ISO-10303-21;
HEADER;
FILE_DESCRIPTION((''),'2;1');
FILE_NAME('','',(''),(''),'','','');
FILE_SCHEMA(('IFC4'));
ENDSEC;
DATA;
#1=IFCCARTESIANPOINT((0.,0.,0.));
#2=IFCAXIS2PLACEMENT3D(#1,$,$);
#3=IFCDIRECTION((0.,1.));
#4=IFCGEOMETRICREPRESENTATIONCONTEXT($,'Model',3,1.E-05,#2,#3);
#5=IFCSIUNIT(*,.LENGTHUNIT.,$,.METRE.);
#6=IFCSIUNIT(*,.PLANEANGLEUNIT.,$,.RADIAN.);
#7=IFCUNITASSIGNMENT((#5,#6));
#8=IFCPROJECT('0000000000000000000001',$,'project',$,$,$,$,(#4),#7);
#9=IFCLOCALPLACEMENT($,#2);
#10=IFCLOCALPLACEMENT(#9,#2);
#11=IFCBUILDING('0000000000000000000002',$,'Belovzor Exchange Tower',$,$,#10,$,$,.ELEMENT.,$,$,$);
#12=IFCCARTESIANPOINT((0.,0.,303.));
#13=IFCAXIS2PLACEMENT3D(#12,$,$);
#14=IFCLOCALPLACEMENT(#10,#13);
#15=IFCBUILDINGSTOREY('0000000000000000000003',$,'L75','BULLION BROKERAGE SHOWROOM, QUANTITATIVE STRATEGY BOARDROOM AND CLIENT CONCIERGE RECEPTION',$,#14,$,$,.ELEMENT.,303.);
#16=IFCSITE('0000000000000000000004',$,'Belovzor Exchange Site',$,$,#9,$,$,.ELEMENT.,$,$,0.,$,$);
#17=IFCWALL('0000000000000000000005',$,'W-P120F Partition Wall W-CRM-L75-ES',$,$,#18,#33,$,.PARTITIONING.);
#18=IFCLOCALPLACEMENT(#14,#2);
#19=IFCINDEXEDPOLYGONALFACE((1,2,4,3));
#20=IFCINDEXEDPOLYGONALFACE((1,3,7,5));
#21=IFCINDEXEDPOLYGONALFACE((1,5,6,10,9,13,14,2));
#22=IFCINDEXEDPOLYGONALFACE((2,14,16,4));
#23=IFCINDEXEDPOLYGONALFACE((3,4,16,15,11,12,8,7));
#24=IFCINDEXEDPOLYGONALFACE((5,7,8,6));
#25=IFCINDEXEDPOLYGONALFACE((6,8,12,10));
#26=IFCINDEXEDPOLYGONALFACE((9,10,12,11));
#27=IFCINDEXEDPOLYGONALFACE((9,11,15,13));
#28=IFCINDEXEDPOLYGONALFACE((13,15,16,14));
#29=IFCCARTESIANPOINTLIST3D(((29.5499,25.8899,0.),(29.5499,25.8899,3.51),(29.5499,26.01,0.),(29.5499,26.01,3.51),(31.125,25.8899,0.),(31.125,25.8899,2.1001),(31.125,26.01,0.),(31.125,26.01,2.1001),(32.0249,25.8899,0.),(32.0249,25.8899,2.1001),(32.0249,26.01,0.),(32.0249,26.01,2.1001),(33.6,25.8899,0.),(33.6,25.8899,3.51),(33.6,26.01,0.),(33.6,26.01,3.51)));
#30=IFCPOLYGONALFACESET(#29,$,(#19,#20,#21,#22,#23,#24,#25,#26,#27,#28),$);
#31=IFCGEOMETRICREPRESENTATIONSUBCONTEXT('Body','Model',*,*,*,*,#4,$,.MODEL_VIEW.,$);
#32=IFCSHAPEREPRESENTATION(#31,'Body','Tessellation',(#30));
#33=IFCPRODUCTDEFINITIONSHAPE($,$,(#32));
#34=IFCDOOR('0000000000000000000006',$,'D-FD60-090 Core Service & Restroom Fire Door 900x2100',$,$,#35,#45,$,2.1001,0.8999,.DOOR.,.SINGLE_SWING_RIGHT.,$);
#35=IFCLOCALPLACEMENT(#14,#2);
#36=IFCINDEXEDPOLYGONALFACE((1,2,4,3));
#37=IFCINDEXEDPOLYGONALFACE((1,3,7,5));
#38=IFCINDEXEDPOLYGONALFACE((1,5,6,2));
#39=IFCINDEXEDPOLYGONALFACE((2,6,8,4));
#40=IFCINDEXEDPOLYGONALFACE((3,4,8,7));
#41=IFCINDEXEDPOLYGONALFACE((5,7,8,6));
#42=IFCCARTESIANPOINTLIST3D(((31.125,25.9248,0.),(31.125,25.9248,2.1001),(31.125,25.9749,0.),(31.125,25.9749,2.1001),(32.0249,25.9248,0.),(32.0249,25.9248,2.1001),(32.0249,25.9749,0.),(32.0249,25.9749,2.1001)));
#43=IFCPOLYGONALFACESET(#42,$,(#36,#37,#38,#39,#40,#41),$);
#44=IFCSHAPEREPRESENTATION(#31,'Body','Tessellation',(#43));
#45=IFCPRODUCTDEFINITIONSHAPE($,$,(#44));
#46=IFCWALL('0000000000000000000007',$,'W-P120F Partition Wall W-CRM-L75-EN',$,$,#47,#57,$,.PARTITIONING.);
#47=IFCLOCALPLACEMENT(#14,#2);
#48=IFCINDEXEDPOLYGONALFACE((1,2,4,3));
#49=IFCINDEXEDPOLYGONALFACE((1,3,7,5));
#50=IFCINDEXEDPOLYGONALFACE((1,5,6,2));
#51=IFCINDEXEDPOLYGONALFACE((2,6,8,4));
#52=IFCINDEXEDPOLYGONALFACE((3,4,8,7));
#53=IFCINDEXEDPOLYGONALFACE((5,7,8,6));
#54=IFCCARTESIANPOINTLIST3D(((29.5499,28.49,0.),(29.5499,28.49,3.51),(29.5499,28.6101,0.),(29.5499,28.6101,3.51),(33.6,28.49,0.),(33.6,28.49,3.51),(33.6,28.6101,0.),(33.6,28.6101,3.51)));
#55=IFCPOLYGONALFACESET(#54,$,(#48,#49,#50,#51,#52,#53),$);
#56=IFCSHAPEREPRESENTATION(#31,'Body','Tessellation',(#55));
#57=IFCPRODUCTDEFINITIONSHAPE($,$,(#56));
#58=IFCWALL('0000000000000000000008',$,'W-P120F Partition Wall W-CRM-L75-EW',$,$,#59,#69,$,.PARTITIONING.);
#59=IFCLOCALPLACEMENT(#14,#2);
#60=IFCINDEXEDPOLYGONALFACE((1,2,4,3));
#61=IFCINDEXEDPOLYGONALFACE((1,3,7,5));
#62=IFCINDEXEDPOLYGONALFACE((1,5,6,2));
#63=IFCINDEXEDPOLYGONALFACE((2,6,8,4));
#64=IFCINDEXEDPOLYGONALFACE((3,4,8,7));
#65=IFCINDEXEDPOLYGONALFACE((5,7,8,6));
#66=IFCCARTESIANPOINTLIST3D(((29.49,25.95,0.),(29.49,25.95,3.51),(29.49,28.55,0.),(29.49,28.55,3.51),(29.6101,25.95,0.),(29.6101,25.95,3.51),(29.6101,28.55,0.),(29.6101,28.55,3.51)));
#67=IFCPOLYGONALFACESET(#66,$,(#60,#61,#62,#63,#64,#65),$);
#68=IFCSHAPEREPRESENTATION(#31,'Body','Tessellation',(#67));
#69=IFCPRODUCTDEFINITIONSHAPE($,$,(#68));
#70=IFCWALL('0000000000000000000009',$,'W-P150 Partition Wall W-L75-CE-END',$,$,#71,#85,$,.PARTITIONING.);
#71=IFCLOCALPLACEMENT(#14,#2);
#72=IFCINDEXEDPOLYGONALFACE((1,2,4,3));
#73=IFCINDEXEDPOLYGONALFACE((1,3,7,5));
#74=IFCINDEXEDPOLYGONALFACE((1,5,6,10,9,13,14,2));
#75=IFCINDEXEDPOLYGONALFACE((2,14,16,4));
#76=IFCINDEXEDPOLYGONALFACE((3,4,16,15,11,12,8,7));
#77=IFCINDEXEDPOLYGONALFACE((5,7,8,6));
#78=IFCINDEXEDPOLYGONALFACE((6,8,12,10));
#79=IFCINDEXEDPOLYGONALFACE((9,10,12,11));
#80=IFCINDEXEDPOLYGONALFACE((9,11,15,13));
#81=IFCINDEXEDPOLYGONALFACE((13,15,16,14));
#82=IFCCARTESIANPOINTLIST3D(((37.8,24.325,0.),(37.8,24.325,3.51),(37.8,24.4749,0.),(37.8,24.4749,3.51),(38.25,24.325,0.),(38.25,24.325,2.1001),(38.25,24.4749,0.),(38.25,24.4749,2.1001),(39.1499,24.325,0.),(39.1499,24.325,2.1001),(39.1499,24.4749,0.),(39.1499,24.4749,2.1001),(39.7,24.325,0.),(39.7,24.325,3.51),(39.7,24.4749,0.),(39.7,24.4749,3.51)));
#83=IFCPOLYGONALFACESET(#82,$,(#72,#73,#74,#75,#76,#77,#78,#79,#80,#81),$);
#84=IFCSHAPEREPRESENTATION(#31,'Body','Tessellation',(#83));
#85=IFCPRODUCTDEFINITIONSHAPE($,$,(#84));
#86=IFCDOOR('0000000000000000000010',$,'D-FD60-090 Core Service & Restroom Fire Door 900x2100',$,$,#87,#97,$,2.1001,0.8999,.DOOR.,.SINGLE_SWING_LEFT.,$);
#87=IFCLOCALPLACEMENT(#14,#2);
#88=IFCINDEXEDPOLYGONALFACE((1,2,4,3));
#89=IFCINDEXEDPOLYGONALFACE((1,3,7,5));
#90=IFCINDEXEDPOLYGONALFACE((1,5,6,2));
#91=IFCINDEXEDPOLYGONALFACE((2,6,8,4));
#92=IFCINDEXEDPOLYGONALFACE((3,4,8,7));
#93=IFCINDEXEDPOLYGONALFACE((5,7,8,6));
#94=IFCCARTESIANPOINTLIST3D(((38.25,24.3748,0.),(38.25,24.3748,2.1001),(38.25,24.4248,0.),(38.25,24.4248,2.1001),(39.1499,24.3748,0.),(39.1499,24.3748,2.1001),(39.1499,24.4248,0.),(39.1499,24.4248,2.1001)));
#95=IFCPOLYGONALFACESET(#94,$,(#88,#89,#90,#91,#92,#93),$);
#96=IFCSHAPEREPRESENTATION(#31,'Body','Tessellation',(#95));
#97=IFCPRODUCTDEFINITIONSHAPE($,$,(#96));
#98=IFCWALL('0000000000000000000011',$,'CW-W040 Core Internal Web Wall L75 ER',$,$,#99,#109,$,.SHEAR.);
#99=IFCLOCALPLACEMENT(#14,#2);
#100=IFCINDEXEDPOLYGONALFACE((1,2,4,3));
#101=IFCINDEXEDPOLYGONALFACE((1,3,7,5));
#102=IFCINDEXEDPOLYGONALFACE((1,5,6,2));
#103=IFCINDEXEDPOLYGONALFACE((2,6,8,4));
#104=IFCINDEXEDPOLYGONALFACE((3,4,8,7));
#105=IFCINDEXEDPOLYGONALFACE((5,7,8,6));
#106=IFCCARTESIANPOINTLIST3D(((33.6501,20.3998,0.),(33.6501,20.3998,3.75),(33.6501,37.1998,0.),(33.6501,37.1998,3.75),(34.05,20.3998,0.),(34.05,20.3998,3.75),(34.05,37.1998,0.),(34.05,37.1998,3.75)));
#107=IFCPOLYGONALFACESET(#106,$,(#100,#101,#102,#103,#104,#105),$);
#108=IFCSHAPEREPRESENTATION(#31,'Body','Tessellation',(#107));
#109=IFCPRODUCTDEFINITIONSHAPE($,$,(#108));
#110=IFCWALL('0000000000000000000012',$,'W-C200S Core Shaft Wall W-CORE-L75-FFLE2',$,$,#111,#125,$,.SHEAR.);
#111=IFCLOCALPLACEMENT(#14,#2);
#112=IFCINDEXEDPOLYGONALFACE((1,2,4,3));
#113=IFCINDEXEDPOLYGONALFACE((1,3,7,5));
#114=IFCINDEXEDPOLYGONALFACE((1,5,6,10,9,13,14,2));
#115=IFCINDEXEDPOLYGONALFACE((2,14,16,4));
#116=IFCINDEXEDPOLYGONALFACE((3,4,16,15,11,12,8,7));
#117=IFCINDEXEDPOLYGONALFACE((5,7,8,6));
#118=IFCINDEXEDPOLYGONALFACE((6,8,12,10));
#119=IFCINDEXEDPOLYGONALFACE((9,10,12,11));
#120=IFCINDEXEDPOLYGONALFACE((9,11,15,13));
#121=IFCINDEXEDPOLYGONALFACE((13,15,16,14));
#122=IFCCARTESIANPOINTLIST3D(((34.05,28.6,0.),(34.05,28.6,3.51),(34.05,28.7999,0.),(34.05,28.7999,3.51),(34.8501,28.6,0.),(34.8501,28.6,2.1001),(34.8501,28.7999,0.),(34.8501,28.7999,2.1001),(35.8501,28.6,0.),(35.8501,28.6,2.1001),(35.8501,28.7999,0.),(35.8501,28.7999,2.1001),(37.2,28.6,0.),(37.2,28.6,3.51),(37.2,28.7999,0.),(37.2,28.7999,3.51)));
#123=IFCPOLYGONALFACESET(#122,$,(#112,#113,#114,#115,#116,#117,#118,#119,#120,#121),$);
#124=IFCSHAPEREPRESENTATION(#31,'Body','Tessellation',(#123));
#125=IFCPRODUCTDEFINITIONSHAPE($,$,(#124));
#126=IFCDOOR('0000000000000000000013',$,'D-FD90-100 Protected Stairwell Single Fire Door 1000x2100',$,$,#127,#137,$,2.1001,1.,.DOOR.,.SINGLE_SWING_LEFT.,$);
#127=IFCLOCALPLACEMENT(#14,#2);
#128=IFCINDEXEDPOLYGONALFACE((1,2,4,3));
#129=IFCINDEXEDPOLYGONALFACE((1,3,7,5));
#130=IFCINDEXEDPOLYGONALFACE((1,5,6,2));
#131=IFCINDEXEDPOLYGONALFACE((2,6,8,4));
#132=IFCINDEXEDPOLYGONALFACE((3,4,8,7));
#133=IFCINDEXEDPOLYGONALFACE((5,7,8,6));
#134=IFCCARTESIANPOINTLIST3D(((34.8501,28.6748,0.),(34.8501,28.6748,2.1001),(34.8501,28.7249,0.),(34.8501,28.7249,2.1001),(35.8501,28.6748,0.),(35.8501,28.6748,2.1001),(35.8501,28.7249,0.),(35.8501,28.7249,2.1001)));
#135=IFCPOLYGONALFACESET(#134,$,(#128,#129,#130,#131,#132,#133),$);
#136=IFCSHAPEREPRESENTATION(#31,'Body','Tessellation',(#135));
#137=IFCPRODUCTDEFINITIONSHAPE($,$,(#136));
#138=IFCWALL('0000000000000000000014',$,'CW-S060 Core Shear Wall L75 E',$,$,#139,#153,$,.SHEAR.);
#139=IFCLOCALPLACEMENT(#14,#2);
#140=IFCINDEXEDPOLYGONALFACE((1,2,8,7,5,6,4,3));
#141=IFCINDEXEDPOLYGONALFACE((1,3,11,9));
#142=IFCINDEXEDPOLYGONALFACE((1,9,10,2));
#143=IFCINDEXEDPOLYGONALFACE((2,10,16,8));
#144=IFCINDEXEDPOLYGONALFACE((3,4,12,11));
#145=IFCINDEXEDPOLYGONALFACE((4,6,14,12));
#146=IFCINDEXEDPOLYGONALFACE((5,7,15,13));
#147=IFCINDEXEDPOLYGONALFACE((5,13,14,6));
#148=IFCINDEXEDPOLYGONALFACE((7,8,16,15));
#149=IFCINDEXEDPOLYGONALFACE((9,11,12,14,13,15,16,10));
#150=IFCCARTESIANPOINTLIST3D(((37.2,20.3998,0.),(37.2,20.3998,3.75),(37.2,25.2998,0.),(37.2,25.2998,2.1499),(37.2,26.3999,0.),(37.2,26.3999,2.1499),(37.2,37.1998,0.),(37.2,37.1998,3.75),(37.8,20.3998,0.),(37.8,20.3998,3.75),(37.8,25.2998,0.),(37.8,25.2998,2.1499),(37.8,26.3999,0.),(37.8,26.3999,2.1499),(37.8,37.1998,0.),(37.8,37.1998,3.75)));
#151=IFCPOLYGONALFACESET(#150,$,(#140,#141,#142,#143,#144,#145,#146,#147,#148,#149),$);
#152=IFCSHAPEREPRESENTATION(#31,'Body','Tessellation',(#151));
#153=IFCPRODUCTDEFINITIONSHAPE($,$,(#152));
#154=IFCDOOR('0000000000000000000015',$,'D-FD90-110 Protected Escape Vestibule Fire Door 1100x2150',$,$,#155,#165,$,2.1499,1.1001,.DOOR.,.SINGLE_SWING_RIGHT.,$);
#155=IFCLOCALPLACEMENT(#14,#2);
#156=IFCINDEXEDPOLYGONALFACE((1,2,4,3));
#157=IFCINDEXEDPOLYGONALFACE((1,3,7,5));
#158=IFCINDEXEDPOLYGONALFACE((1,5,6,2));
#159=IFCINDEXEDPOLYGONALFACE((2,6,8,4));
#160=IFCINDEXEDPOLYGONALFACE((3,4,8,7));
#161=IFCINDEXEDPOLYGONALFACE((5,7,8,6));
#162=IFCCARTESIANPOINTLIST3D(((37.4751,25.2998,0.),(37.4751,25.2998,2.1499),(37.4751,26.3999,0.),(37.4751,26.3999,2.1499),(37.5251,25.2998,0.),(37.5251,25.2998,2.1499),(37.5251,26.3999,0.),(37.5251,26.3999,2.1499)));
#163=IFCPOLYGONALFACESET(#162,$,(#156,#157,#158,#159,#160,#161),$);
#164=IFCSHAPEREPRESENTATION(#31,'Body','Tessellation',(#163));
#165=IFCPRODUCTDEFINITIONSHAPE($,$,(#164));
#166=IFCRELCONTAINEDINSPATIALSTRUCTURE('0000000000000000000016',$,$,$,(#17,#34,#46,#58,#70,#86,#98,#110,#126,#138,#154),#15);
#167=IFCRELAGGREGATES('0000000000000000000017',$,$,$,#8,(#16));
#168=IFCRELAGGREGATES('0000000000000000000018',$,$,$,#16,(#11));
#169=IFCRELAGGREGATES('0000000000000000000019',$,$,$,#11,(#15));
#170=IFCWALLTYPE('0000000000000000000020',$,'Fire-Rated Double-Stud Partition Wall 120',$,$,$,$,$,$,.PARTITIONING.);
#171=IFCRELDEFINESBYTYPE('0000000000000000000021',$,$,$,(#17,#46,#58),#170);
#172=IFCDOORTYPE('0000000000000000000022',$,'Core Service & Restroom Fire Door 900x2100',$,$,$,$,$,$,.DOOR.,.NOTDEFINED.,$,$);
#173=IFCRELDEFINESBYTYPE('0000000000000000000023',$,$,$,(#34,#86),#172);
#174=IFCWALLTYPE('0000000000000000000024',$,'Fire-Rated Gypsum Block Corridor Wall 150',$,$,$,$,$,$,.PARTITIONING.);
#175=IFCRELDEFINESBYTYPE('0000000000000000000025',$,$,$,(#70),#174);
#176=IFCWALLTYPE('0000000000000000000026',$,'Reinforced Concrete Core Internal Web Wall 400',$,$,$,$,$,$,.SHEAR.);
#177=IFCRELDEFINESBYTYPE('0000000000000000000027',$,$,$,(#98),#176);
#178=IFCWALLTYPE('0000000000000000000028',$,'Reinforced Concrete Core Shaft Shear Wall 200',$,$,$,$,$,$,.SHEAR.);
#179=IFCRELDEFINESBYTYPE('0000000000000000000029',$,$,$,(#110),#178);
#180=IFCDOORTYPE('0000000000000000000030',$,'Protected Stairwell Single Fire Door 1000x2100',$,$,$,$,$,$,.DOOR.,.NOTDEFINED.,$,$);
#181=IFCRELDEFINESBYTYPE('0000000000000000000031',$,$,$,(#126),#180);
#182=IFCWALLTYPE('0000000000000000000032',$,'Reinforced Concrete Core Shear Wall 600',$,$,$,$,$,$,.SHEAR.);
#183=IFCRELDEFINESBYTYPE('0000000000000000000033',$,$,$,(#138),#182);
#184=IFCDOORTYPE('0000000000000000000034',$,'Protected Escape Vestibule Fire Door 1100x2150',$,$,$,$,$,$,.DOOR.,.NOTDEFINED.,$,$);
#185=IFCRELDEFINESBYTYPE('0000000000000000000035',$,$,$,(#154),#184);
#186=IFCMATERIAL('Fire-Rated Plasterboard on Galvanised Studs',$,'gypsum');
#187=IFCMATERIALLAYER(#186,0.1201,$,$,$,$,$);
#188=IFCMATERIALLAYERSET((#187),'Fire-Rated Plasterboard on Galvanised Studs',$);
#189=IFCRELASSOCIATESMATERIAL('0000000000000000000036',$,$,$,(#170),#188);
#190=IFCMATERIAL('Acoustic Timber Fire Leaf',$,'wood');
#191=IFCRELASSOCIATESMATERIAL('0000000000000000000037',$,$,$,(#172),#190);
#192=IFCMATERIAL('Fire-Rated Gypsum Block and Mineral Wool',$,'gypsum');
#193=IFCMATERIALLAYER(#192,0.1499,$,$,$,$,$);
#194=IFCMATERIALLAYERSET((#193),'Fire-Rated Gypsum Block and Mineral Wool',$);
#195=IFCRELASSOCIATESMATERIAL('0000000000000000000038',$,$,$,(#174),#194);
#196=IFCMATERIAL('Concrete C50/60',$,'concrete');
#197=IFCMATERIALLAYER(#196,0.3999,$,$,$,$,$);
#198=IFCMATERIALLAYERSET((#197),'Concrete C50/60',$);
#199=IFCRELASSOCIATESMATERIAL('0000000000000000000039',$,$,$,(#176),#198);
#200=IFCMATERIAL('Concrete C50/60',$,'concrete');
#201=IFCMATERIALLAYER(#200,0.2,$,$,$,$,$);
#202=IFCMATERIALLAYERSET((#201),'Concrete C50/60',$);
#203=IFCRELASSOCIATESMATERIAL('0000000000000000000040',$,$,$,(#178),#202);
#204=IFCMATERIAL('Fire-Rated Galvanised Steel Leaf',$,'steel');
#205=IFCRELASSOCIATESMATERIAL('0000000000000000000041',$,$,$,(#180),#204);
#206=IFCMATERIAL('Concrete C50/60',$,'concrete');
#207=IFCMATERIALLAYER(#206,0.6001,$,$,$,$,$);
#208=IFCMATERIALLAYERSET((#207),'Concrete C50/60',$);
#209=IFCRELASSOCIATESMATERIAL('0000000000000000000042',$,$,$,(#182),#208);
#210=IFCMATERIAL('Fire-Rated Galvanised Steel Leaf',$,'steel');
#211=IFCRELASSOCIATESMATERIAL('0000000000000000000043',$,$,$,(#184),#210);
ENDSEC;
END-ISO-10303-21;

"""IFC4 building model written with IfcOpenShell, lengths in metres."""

from ifc_helpers import new_model, si_unit, direction, frame, frame_2d, origin, place, context, subcontext, project, spatial, rectangle, extrude, material, layer, layer_set, type_object, element, fill, save


model = new_model("IFC4")

# Units and contexts
model_context = context("Model", 3, precision=1e-05, world=origin(), true_north=direction((0.0, 1.0)))
body_context = subcontext(model_context, "Body", "Model", "MODEL_VIEW")
ifc_project = project(units=[si_unit("LENGTHUNIT", "METRE"), si_unit("PLANEANGLEUNIT", "RADIAN")], contexts=[model_context])

# Site, building, storey
site_placement = place(None, origin())
site = spatial("IfcSite", under=ifc_project, at=site_placement, Name="Belovzor Exchange Site", CompositionType="ELEMENT", RefElevation=0.0)
building_placement = place(site_placement, origin())
building = spatial("IfcBuilding", under=site, at=building_placement, Name="Belovzor Exchange Tower", CompositionType="ELEMENT")
storey_placement = place(building_placement, frame((0.0, 0.0, 303.0)))
storey = spatial("IfcBuildingStorey", under=building, at=storey_placement, Name="L75", Description="BULLION BROKERAGE SHOWROOM, QUANTITATIVE STRATEGY BOARDROOM AND CLIENT CONCIERGE RECEPTION", CompositionType="ELEMENT", Elevation=303.0)

# Shared definitions
ifc_material_1 = material(Name="Fire-Rated Plasterboard on Galvanised Studs", Category="gypsum")
ifc_layer_1 = layer(ifc_material_1, 0.1201)
ifc_layer_set_1 = layer_set([ifc_layer_1], Name="Fire-Rated Plasterboard on Galvanised Studs")
wall_type_1 = type_object("IfcWallType", Name="Fire-Rated Double-Stud Partition Wall 120", PredefinedType="PARTITIONING", material=ifc_layer_set_1)
ifc_material_2 = material(Name="Acoustic Timber Fire Leaf", Category="wood")
door_type_1 = type_object("IfcDoorType", Name="Core Service & Restroom Fire Door 900x2100", OperationType="NOTDEFINED", PredefinedType="DOOR", material=ifc_material_2)

# Wall, opening, door
wall_1_placement = place(storey_placement, frame((29.55, 25.95, 0.0), z_axis=(0.0, 0.0, 1.0), x_axis=(1.0, 0.0, 0.0)))
wall_1 = element("IfcWall", 1, at=wall_1_placement, inside=storey, type_object=wall_type_1, Name="W-P120F Partition Wall W-CRM-L75-ES", PredefinedType="PARTITIONING", context=body_context, shape_type="SweptSolid", body=[
    extrude(rectangle(XDim=4.05, YDim=0.1201, at=frame_2d((2.0249, 0.0))), origin(), (0.0, 0.0, 1.0), 3.51),
])
opening_1_placement = place(wall_1_placement, frame((1.575, 0.0, 0.0)))
opening_1 = element("IfcOpeningElement", 2, at=opening_1_placement, cuts=wall_1, PredefinedType="OPENING", context=body_context, shape_type="SweptSolid", body=[
    extrude(rectangle(XDim=0.8999, YDim=2.1001, at=frame_2d((0.45, 1.05))), frame((0.0, 0.0701, 0.0), z_axis=(0.0, -1.0, 0.0), x_axis=(1.0, 0.0, 0.0)), (0.0, 0.0, 1.0), 0.1401),
])
door_1_placement = place(opening_1_placement, origin())
door_1 = element("IfcDoor", 3, at=door_1_placement, inside=storey, type_object=door_type_1, Name="D-FD60-090 Core Service & Restroom Fire Door 900x2100", OperationType="SINGLE_SWING_RIGHT", OverallHeight=2.1001, OverallWidth=0.8999, PredefinedType="DOOR", context=body_context, shape_type="SweptSolid", body=[
    extrude(rectangle(XDim=0.8999, YDim=2.1001, at=frame_2d((0.45, 1.05))), frame((0.0, 0.0249, 0.0), z_axis=(0.0, -1.0, 0.0), x_axis=(1.0, 0.0, 0.0)), (0.0, 0.0, 1.0), 0.05),
])
fill(opening_1, door_1)

# Walls
wall_2_placement = place(storey_placement, frame((29.55, 28.55, 0.0), z_axis=(0.0, 0.0, 1.0), x_axis=(1.0, 0.0, 0.0)))
element("IfcWall", 4, at=wall_2_placement, inside=storey, type_object=wall_type_1, Name="W-P120F Partition Wall W-CRM-L75-EN", PredefinedType="PARTITIONING", context=body_context, shape_type="SweptSolid", body=[
    extrude(rectangle(XDim=4.05, YDim=0.1201, at=frame_2d((2.0249, 0.0))), origin(), (0.0, 0.0, 1.0), 3.51),
])
wall_3_placement = place(storey_placement, frame((29.55, 25.95, 0.0), z_axis=(0.0, 0.0, 1.0), x_axis=(0.0, 1.0, 0.0)))
element("IfcWall", 5, at=wall_3_placement, inside=storey, type_object=wall_type_1, Name="W-P120F Partition Wall W-CRM-L75-EW", PredefinedType="PARTITIONING", context=body_context, shape_type="SweptSolid", body=[
    extrude(rectangle(XDim=2.6001, YDim=0.1201, at=frame_2d((1.3, 0.0))), origin(), (0.0, 0.0, 1.0), 3.51),
])

# Wall, opening, door
ifc_material_3 = material(Name="Fire-Rated Gypsum Block and Mineral Wool", Category="gypsum")
ifc_layer_2 = layer(ifc_material_3, 0.1499)
ifc_layer_set_2 = layer_set([ifc_layer_2], Name="Fire-Rated Gypsum Block and Mineral Wool")
wall_type_2 = type_object("IfcWallType", Name="Fire-Rated Gypsum Block Corridor Wall 150", PredefinedType="PARTITIONING", material=ifc_layer_set_2)
wall_4_placement = place(storey_placement, frame((37.8, 24.3999, 0.0), z_axis=(0.0, 0.0, 1.0), x_axis=(1.0, 0.0, 0.0)))
wall_4 = element("IfcWall", 6, at=wall_4_placement, inside=storey, type_object=wall_type_2, Name="W-P150 Partition Wall W-L75-CE-END", PredefinedType="PARTITIONING", context=body_context, shape_type="SweptSolid", body=[
    extrude(rectangle(XDim=1.8999, YDim=0.1499, at=frame_2d((0.95, 0.0))), origin(), (0.0, 0.0, 1.0), 3.51),
])
opening_2_placement = place(wall_4_placement, frame((0.45, 0.0, 0.0)))
opening_2 = element("IfcOpeningElement", 7, at=opening_2_placement, cuts=wall_4, PredefinedType="OPENING", context=body_context, shape_type="SweptSolid", body=[
    extrude(rectangle(XDim=0.8999, YDim=2.1001, at=frame_2d((0.45, 1.05))), frame((0.0, 0.085, 0.0), z_axis=(0.0, -1.0, 0.0), x_axis=(1.0, 0.0, 0.0)), (0.0, 0.0, 1.0), 0.1699),
])
door_2_placement = place(opening_2_placement, origin())
door_2 = element("IfcDoor", 8, at=door_2_placement, inside=storey, type_object=door_type_1, Name="D-FD60-090 Core Service & Restroom Fire Door 900x2100", OperationType="SINGLE_SWING_LEFT", OverallHeight=2.1001, OverallWidth=0.8999, PredefinedType="DOOR", context=body_context, shape_type="SweptSolid", body=[
    extrude(rectangle(XDim=0.8999, YDim=2.1001, at=frame_2d((0.45, 1.05))), frame((0.0, 0.0249, 0.0), z_axis=(0.0, -1.0, 0.0), x_axis=(1.0, 0.0, 0.0)), (0.0, 0.0, 1.0), 0.05),
])
fill(opening_2, door_2)

# Wall
ifc_material_4 = material(Name="Concrete C50/60", Category="concrete")
ifc_layer_3 = layer(ifc_material_4, 0.3999)
ifc_layer_set_3 = layer_set([ifc_layer_3], Name="Concrete C50/60")
wall_type_3 = type_object("IfcWallType", Name="Reinforced Concrete Core Internal Web Wall 400", PredefinedType="SHEAR", material=ifc_layer_set_3)
wall_5_placement = place(storey_placement, frame((33.8501, 20.3999, 0.0), z_axis=(0.0, 0.0, 1.0), x_axis=(0.0, 1.0, 0.0)))
element("IfcWall", 9, at=wall_5_placement, inside=storey, type_object=wall_type_3, Name="CW-W040 Core Internal Web Wall L75 ER", PredefinedType="SHEAR", context=body_context, shape_type="SweptSolid", body=[
    extrude(rectangle(XDim=16.8, YDim=0.3999, at=frame_2d((8.3999, 0.0))), origin(), (0.0, 0.0, 1.0), 3.75),
])

# Walls, openings, doors
ifc_material_5 = material(Name="Concrete C50/60", Category="concrete")
ifc_layer_4 = layer(ifc_material_5, 0.2)
ifc_layer_set_4 = layer_set([ifc_layer_4], Name="Concrete C50/60")
wall_type_4 = type_object("IfcWallType", Name="Reinforced Concrete Core Shaft Shear Wall 200", PredefinedType="SHEAR", material=ifc_layer_set_4)
wall_6_placement = place(storey_placement, frame((34.05, 28.7, 0.0), z_axis=(0.0, 0.0, 1.0), x_axis=(1.0, 0.0, 0.0)))
wall_6 = element("IfcWall", 10, at=wall_6_placement, inside=storey, type_object=wall_type_4, Name="W-C200S Core Shaft Wall W-CORE-L75-FFLE2", PredefinedType="SHEAR", context=body_context, shape_type="SweptSolid", body=[
    extrude(rectangle(XDim=3.1499, YDim=0.2, at=frame_2d((1.575, 0.0))), origin(), (0.0, 0.0, 1.0), 3.51),
])
opening_3_placement = place(wall_6_placement, frame((0.8, 0.0, 0.0)))
opening_3 = element("IfcOpeningElement", 11, at=opening_3_placement, cuts=wall_6, PredefinedType="OPENING", context=body_context, shape_type="SweptSolid", body=[
    extrude(rectangle(XDim=1.0, YDim=2.1001, at=frame_2d((0.5, 1.05))), frame((0.0, 0.1099, 0.0), z_axis=(0.0, -1.0, 0.0), x_axis=(1.0, 0.0, 0.0)), (0.0, 0.0, 1.0), 0.22),
])
ifc_material_6 = material(Name="Fire-Rated Galvanised Steel Leaf", Category="steel")
door_type_2 = type_object("IfcDoorType", Name="Protected Stairwell Single Fire Door 1000x2100", OperationType="NOTDEFINED", PredefinedType="DOOR", material=ifc_material_6)
door_3_placement = place(opening_3_placement, origin())
door_3 = element("IfcDoor", 12, at=door_3_placement, inside=storey, type_object=door_type_2, Name="D-FD90-100 Protected Stairwell Single Fire Door 1000x2100", OperationType="SINGLE_SWING_LEFT", OverallHeight=2.1001, OverallWidth=1.0, PredefinedType="DOOR", context=body_context, shape_type="SweptSolid", body=[
    extrude(rectangle(XDim=1.0, YDim=2.1001, at=frame_2d((0.5, 1.05))), frame((0.0, 0.0249, 0.0), z_axis=(0.0, -1.0, 0.0), x_axis=(1.0, 0.0, 0.0)), (0.0, 0.0, 1.0), 0.05),
])
fill(opening_3, door_3)
ifc_material_7 = material(Name="Concrete C50/60", Category="concrete")
ifc_layer_5 = layer(ifc_material_7, 0.6001)
ifc_layer_set_5 = layer_set([ifc_layer_5], Name="Concrete C50/60")
wall_type_5 = type_object("IfcWallType", Name="Reinforced Concrete Core Shear Wall 600", PredefinedType="SHEAR", material=ifc_layer_set_5)
wall_7_placement = place(storey_placement, frame((37.5, 20.3999, 0.0), z_axis=(0.0, 0.0, 1.0), x_axis=(0.0, 1.0, 0.0)))
wall_7 = element("IfcWall", 13, at=wall_7_placement, inside=storey, type_object=wall_type_5, Name="CW-S060 Core Shear Wall L75 E", PredefinedType="SHEAR", context=body_context, shape_type="SweptSolid", body=[
    extrude(rectangle(XDim=16.8, YDim=0.6001, at=frame_2d((8.3999, 0.0))), origin(), (0.0, 0.0, 1.0), 3.75),
])
opening_4_placement = place(wall_7_placement, frame((4.8999, 0.0, 0.0)))
opening_4 = element("IfcOpeningElement", 14, at=opening_4_placement, cuts=wall_7, PredefinedType="OPENING", context=body_context, shape_type="SweptSolid", body=[
    extrude(rectangle(XDim=1.1001, YDim=2.1499, at=frame_2d((0.55, 1.075))), frame((0.0, 0.3101, 0.0), z_axis=(0.0, -1.0, 0.0), x_axis=(1.0, 0.0, 0.0)), (0.0, 0.0, 1.0), 0.6201),
])
ifc_material_8 = material(Name="Fire-Rated Galvanised Steel Leaf", Category="steel")
door_type_3 = type_object("IfcDoorType", Name="Protected Escape Vestibule Fire Door 1100x2150", OperationType="NOTDEFINED", PredefinedType="DOOR", material=ifc_material_8)
door_4_placement = place(opening_4_placement, origin())
door_4 = element("IfcDoor", 15, at=door_4_placement, inside=storey, type_object=door_type_3, Name="D-FD90-110 Protected Escape Vestibule Fire Door 1100x2150", OperationType="SINGLE_SWING_RIGHT", OverallHeight=2.1499, OverallWidth=1.1001, PredefinedType="DOOR", context=body_context, shape_type="SweptSolid", body=[
    extrude(rectangle(XDim=1.1001, YDim=2.1499, at=frame_2d((0.55, 1.075))), frame((0.0, 0.0249, 0.0), z_axis=(0.0, -1.0, 0.0), x_axis=(1.0, 0.0, 0.0)), (0.0, 0.0, 1.0), 0.05),
])
fill(opening_4, door_4)

save(model, "model.ifc")
